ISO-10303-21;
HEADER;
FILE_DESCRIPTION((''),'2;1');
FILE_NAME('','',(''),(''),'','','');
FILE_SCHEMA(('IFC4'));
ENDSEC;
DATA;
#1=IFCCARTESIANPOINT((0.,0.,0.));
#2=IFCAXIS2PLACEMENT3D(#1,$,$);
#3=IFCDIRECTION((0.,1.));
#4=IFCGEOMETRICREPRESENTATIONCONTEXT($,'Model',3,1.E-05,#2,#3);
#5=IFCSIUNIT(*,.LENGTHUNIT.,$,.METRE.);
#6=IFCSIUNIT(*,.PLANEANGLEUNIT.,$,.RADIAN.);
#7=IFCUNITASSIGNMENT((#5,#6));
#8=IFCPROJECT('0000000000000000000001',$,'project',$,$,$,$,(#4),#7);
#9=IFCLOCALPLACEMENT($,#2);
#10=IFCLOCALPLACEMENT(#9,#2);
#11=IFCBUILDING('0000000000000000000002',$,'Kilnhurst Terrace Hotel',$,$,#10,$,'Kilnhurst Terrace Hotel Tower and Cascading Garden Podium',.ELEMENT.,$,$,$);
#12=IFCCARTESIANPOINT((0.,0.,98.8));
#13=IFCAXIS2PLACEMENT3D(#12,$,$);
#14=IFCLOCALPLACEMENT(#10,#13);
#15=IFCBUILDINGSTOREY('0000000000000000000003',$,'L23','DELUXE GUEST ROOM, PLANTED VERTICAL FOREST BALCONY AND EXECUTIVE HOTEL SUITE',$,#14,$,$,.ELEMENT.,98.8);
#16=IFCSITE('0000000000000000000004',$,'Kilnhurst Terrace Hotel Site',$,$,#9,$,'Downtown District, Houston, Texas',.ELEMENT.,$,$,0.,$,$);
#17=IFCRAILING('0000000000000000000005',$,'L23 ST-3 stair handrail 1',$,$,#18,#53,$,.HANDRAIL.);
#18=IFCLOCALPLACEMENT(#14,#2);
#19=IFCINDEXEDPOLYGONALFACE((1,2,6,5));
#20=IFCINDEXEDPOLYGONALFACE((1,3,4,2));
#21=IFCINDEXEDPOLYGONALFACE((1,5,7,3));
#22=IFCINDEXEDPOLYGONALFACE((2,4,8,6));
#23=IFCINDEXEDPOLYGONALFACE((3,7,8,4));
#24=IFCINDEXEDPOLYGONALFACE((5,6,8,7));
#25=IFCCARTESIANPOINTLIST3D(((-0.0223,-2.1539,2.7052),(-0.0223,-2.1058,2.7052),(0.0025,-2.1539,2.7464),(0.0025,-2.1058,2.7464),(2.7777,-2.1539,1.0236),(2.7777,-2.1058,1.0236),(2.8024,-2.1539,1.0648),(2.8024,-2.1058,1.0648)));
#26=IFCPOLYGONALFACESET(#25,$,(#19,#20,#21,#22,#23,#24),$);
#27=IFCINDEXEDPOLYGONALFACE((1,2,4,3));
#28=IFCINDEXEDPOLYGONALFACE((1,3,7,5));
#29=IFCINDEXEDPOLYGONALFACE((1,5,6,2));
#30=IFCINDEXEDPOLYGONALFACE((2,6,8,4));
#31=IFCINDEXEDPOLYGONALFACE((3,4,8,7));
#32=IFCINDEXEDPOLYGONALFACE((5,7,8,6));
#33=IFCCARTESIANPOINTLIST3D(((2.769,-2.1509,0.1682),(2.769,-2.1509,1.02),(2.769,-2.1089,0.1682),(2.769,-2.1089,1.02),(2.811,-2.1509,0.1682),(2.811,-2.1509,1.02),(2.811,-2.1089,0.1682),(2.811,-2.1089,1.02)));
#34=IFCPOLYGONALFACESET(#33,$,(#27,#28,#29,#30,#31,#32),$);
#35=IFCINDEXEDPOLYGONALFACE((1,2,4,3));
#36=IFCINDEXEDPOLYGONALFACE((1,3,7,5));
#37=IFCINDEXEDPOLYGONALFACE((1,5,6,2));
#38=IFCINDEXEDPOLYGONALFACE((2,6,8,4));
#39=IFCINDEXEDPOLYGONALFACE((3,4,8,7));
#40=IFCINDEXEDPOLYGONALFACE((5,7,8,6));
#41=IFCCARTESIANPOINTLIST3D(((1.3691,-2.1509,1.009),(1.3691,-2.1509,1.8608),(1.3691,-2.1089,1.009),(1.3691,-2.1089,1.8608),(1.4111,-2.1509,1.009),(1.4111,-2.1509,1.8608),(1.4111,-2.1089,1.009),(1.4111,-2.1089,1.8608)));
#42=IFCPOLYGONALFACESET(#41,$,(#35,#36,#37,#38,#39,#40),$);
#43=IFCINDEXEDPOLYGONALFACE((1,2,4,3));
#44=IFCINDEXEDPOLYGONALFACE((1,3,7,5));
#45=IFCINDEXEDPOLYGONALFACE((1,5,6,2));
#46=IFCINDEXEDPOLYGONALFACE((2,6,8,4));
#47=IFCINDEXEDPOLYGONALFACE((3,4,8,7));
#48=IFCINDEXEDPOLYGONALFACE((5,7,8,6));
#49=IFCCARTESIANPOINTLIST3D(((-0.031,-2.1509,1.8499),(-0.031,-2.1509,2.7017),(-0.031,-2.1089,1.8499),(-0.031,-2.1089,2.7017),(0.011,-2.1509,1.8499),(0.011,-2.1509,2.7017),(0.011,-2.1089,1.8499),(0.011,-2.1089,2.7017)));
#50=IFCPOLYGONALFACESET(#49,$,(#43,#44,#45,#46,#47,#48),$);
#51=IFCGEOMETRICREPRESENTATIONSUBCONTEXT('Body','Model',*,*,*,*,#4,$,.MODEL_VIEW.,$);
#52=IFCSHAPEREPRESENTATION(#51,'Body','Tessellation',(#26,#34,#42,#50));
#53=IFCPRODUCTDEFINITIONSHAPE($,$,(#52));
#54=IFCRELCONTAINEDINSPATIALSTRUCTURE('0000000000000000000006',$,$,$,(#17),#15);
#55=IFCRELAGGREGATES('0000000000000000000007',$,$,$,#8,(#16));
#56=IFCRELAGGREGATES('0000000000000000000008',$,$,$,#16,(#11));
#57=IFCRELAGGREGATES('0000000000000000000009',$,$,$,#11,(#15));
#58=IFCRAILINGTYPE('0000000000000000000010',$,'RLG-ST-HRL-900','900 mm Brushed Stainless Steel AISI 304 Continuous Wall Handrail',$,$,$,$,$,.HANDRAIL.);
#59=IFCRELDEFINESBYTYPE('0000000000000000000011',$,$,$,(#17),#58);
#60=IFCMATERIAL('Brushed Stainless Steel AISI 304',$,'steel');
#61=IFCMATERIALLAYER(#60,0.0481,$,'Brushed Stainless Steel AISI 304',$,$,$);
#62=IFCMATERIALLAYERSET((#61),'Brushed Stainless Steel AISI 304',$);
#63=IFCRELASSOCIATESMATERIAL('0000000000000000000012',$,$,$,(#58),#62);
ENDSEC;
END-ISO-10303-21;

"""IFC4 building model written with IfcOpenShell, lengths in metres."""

from ifc_helpers import new_model, si_unit, direction, frame, origin, origin_2d, place, context, subcontext, project, spatial, rectangle, extrude, material, layer, layer_set, type_object, element, save


model = new_model("IFC4")

# Units and contexts
model_context = context("Model", 3, precision=1e-05, world=origin(), true_north=direction((0.0, 1.0)))
body_context = subcontext(model_context, "Body", "Model", "MODEL_VIEW")
ifc_project = project(units=[si_unit("LENGTHUNIT", "METRE"), si_unit("PLANEANGLEUNIT", "RADIAN")], contexts=[model_context])

# Site, building, storey
site_placement = place(None, origin())
site = spatial("IfcSite", under=ifc_project, at=site_placement, Name="Kilnhurst Terrace Hotel Site", LongName="Downtown District, Houston, Texas", CompositionType="ELEMENT", RefElevation=0.0)
building_placement = place(site_placement, origin())
building = spatial("IfcBuilding", under=site, at=building_placement, Name="Kilnhurst Terrace Hotel", LongName="Kilnhurst Terrace Hotel Tower and Cascading Garden Podium", CompositionType="ELEMENT")
storey_placement = place(building_placement, frame((0.0, 0.0, 98.8)))
storey = spatial("IfcBuildingStorey", under=building, at=storey_placement, Name="L23", Description="DELUXE GUEST ROOM, PLANTED VERTICAL FOREST BALCONY AND EXECUTIVE HOTEL SUITE", CompositionType="ELEMENT", Elevation=98.8)

# Railing
ifc_material_1 = material(Name="Brushed Stainless Steel AISI 304", Category="steel")
ifc_layer_1 = layer(ifc_material_1, 0.0481, Name="Brushed Stainless Steel AISI 304")
ifc_layer_set_1 = layer_set([ifc_layer_1], Name="Brushed Stainless Steel AISI 304")
railing_type_1 = type_object("IfcRailingType", Name="RLG-ST-HRL-900", Description="900 mm Brushed Stainless Steel AISI 304 Continuous Wall Handrail", PredefinedType="HANDRAIL", material=ifc_layer_set_1)
railing_1_placement = place(storey_placement, frame((2.79, -2.1299, 0.1682)))
element("IfcRailing", 1, at=railing_1_placement, inside=storey, type_object=railing_type_1, Name="L23 ST-3 stair handrail 1", PredefinedType="HANDRAIL", context=body_context, shape_type="SweptSolid", body=[
    extrude(rectangle(XDim=0.0481, YDim=0.0481, at=origin_2d()), frame((0.0, 0.0, 0.876), z_axis=(-0.857275, 0.0, 0.514858), x_axis=(0.0, -1.0, 0.0)), (0.0, 0.0, 1.0), 3.2661),
    extrude(rectangle(XDim=0.042, YDim=0.042, at=origin_2d()), origin(), (0.0, 0.0, 1.0), 0.8518),
    extrude(rectangle(XDim=0.042, YDim=0.042, at=origin_2d()), frame((-1.3999, 0.0, 0.8408)), (0.0, 0.0, 1.0), 0.8518),
    extrude(rectangle(XDim=0.042, YDim=0.042, at=origin_2d()), frame((-2.8, 0.0, 1.6816)), (0.0, 0.0, 1.0), 0.8518),
])

save(model, "model.ifc")
